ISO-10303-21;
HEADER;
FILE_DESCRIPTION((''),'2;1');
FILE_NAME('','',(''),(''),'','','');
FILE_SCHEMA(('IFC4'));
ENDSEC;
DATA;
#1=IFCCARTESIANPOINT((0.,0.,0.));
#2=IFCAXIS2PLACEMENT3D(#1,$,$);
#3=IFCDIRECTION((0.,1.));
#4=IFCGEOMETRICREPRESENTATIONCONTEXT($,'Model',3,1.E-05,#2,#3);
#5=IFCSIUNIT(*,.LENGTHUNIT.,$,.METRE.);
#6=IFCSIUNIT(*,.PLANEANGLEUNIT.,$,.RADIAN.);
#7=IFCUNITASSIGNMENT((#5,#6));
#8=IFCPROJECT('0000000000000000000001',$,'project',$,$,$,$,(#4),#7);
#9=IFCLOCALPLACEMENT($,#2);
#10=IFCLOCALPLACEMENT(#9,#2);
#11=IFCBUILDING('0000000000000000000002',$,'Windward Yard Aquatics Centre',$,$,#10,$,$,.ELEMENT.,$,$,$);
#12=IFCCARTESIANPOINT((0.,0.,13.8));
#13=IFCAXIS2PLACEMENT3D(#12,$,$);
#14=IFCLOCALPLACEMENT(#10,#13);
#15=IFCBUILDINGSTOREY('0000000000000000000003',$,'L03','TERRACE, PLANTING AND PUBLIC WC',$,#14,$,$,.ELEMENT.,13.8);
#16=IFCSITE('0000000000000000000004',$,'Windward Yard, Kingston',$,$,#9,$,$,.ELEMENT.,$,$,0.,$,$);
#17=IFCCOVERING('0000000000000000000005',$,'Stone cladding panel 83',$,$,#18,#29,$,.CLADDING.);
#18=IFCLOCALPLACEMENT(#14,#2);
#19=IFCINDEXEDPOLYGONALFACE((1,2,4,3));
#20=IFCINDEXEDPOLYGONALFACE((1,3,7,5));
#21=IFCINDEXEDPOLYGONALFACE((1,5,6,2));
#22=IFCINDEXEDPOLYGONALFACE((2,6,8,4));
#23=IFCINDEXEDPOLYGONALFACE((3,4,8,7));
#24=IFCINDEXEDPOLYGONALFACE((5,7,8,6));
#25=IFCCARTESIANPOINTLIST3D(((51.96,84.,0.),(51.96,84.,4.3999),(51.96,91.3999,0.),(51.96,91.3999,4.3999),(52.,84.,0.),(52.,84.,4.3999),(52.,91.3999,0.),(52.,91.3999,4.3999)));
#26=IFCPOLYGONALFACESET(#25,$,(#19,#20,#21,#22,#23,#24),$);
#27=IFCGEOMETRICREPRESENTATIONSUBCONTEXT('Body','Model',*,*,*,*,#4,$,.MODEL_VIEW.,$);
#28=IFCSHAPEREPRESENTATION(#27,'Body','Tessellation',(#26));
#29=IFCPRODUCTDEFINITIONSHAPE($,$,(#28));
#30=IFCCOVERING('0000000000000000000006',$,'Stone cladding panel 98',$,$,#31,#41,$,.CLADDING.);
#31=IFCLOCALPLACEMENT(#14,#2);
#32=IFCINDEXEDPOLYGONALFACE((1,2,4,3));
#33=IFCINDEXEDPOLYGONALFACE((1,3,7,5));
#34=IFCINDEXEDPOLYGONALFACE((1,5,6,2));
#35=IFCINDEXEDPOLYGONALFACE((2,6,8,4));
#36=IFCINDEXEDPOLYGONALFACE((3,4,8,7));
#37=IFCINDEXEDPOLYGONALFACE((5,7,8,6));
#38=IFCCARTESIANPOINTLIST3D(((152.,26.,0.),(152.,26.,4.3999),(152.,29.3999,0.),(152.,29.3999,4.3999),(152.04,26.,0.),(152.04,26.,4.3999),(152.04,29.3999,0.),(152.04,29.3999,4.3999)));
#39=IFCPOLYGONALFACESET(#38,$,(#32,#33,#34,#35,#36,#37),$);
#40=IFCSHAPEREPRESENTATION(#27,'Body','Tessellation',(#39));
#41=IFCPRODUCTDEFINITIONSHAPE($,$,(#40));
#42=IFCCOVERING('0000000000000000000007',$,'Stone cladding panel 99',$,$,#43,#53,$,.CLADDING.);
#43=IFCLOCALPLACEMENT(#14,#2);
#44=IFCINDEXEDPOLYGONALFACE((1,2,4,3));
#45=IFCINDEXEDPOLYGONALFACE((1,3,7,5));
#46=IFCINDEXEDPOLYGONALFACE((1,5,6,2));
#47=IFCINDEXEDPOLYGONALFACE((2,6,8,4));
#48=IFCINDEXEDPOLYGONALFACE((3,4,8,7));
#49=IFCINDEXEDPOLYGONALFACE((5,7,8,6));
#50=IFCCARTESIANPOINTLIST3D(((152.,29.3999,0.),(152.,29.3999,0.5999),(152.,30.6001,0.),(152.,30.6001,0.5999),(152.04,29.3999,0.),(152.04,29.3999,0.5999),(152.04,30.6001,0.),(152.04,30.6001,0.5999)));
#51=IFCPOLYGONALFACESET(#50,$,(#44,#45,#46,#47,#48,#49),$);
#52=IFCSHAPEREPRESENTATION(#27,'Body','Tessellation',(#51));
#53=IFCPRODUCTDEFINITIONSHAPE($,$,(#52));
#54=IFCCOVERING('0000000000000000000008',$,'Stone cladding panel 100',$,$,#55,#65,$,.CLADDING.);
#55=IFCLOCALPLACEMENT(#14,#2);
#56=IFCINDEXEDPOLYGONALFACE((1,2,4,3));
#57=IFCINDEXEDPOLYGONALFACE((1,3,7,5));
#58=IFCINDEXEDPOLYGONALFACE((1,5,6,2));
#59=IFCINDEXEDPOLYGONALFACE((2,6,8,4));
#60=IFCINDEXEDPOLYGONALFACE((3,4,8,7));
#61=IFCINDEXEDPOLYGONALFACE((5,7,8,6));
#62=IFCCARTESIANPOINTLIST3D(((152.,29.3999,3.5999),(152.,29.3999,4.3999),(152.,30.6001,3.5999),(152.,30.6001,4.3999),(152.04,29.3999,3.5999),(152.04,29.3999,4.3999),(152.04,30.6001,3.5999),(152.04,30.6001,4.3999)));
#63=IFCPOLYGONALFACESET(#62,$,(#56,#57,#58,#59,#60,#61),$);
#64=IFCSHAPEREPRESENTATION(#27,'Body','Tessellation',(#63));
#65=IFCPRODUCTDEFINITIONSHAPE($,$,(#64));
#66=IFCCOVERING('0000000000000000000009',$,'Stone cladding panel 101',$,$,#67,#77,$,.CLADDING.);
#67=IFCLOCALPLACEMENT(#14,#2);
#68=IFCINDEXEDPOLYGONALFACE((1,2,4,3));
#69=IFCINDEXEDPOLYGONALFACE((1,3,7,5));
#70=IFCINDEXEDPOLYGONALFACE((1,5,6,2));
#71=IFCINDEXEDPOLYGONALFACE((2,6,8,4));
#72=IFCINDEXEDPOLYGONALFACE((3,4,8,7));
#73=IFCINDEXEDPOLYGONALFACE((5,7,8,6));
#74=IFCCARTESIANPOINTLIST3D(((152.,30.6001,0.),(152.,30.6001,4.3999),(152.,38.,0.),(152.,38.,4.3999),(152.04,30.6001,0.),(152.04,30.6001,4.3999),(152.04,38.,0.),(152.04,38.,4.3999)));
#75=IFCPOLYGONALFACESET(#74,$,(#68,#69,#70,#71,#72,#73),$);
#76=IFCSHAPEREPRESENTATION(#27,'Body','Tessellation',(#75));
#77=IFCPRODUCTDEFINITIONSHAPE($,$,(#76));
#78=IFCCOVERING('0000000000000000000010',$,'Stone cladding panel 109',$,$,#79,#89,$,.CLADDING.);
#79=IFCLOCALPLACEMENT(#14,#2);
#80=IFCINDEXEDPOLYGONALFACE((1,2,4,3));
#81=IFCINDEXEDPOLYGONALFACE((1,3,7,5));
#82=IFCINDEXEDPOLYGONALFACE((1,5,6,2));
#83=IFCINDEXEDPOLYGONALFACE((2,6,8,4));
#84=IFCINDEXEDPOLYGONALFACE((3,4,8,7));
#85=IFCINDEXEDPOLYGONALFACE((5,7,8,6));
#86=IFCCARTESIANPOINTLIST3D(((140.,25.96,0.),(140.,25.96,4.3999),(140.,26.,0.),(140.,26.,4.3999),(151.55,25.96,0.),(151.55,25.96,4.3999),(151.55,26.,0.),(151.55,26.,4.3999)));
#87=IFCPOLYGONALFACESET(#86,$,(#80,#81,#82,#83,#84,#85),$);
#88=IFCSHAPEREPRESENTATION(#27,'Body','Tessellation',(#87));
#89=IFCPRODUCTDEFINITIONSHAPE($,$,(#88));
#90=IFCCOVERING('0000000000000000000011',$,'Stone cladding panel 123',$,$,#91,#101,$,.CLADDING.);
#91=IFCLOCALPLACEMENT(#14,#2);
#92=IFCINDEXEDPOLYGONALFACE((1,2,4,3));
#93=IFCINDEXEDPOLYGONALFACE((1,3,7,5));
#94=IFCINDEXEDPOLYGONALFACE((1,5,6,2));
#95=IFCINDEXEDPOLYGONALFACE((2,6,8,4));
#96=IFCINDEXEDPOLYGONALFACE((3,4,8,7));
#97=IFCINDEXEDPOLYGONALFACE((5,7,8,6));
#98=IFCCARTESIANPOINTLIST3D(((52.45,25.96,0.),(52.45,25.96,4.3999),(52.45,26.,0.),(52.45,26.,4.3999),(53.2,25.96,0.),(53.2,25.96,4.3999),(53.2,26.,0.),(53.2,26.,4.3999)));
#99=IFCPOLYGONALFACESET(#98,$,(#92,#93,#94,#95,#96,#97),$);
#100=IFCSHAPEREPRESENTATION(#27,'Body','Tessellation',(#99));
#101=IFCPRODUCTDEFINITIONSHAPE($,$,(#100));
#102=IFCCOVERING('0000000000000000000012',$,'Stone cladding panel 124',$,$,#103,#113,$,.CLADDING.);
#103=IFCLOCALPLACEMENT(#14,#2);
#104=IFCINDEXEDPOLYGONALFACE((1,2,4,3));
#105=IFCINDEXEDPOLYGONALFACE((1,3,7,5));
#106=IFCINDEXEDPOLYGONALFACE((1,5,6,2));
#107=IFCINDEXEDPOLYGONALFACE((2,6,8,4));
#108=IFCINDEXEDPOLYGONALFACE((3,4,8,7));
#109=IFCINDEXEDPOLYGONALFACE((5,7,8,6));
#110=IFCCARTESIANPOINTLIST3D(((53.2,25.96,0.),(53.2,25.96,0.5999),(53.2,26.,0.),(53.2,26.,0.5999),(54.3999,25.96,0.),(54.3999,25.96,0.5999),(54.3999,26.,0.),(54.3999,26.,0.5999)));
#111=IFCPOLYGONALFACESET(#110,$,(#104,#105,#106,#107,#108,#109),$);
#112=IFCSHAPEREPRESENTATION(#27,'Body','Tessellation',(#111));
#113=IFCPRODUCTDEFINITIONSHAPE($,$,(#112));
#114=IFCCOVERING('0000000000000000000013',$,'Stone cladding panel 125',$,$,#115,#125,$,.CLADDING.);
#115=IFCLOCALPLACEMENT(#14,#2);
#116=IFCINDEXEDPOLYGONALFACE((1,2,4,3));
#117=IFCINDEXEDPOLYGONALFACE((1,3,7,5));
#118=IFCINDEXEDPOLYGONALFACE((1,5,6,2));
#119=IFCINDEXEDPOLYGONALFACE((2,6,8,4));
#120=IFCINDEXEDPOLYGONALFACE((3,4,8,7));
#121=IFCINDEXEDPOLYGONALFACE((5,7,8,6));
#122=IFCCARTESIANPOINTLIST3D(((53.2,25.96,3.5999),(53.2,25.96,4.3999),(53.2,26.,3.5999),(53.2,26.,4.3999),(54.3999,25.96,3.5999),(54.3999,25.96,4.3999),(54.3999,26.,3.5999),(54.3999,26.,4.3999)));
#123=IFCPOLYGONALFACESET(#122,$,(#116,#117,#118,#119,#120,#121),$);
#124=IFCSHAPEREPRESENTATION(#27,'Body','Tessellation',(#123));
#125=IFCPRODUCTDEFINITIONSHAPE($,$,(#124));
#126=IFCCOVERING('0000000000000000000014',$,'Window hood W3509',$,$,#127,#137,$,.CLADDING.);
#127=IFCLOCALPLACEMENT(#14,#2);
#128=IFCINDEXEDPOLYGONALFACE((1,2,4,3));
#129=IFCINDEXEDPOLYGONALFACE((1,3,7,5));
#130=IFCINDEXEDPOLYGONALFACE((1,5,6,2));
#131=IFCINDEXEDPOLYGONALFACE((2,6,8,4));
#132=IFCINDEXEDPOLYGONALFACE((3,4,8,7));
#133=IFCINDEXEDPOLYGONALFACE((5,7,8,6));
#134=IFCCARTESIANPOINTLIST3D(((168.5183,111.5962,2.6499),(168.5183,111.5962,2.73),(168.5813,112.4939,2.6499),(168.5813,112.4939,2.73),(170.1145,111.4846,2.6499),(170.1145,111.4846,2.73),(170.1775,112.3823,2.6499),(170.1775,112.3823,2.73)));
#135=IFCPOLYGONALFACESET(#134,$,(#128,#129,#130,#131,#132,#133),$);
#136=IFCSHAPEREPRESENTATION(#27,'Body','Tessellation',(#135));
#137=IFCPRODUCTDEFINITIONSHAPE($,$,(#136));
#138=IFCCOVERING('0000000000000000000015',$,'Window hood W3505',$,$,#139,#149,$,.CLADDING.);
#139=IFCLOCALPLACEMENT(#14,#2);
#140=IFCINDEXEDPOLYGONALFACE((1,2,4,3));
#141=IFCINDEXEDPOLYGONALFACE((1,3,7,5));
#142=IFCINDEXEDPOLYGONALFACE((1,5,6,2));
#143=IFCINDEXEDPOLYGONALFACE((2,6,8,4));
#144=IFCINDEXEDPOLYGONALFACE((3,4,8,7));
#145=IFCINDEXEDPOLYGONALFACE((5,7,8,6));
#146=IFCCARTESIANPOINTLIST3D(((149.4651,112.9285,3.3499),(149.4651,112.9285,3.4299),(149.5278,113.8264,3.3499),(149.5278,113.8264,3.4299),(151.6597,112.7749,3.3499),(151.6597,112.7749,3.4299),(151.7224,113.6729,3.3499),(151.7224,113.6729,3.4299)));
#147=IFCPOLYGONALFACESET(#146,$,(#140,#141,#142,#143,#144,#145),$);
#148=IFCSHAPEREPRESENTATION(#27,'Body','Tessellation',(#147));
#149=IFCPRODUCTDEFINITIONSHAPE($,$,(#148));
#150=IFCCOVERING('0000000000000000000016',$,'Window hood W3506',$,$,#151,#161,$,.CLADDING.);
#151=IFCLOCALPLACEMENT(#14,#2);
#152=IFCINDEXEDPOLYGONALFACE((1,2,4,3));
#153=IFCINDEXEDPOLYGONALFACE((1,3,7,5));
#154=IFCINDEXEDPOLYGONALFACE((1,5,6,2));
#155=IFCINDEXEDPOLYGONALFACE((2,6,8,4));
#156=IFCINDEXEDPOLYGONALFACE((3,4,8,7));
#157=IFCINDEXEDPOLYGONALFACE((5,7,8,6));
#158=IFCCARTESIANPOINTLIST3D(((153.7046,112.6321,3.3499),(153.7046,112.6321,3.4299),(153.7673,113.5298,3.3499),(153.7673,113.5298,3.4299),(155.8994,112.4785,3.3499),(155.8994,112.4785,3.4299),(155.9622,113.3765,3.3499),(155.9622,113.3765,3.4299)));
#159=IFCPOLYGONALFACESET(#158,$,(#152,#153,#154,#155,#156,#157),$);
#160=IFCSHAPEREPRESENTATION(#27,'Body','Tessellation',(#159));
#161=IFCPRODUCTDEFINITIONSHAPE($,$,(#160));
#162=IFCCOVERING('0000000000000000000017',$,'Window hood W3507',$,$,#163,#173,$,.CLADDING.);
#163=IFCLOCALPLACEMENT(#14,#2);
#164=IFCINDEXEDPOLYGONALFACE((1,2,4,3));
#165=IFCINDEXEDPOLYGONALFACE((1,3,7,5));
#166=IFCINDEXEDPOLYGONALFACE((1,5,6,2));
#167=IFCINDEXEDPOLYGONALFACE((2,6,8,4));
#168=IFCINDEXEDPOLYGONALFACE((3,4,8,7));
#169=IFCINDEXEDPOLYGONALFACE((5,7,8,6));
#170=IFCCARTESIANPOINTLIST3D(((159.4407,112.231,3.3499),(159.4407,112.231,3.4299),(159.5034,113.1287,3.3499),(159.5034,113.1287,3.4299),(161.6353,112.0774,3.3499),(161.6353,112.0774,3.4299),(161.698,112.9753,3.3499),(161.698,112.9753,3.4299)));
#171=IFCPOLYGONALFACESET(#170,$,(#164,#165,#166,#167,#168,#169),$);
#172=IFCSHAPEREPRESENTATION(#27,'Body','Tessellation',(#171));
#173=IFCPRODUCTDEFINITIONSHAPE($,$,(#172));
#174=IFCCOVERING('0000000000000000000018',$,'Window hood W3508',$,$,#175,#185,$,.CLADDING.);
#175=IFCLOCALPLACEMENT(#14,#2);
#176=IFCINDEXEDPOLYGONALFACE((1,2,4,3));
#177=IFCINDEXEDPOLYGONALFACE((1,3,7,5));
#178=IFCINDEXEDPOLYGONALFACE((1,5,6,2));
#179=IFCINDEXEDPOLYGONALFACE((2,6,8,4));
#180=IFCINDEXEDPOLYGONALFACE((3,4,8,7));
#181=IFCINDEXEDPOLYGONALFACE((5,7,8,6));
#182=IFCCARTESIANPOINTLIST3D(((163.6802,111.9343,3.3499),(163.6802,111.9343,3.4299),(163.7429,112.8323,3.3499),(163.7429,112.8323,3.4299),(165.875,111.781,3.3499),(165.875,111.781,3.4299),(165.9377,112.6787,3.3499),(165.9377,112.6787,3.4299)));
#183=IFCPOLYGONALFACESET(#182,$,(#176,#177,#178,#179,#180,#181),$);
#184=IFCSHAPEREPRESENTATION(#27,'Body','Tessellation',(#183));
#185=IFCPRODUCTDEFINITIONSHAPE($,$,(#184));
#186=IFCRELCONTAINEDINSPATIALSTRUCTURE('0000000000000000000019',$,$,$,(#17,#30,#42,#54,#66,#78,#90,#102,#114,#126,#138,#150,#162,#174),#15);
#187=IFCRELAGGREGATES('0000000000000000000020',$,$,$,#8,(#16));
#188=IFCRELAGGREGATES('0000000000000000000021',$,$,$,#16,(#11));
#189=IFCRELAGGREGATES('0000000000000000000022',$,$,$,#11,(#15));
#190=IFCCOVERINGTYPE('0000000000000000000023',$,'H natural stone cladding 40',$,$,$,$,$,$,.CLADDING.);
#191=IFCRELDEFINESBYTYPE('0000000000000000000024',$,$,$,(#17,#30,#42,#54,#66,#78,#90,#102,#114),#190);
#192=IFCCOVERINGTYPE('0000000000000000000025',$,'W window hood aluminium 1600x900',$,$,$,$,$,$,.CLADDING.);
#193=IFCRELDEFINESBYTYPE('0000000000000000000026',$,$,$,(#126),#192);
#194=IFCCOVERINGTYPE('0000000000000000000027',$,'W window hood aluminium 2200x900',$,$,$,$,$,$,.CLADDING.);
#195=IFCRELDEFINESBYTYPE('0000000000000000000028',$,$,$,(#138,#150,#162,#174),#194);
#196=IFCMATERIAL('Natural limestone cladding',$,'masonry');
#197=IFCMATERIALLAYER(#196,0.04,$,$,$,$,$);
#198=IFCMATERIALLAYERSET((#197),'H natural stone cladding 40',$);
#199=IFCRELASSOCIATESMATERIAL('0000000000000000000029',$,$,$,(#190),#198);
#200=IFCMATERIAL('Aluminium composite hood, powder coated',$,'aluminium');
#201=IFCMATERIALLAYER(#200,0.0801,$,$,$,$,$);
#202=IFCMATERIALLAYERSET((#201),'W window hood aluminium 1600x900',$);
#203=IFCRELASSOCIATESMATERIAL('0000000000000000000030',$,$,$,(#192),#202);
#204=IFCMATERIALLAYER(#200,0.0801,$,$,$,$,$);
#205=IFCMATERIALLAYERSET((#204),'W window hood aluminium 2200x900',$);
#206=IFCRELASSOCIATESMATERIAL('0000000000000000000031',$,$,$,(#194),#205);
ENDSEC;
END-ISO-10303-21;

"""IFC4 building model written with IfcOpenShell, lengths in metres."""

from ifc_helpers import new_model, si_unit, direction, frame, origin, place, context, subcontext, project, spatial, polyline, outline, extrude, material, layer, layer_set, type_object, element, save


model = new_model("IFC4")

# Units and contexts
model_context = context("Model", 3, precision=1e-05, world=origin(), true_north=direction((0.0, 1.0)))
body_context = subcontext(model_context, "Body", "Model", "MODEL_VIEW")
ifc_project = project(units=[si_unit("LENGTHUNIT", "METRE"), si_unit("PLANEANGLEUNIT", "RADIAN")], contexts=[model_context])

# Site, building, storey
site_placement = place(None, origin())
site = spatial("IfcSite", under=ifc_project, at=site_placement, Name="Windward Yard, Kingston", CompositionType="ELEMENT", RefElevation=0.0)
building_placement = place(site_placement, origin())
building = spatial("IfcBuilding", under=site, at=building_placement, Name="Windward Yard Aquatics Centre", CompositionType="ELEMENT")
storey_placement = place(building_placement, frame((0.0, 0.0, 13.8)))
storey = spatial("IfcBuildingStorey", under=building, at=storey_placement, Name="L03", Description="TERRACE, PLANTING AND PUBLIC WC", CompositionType="ELEMENT", Elevation=13.8)

# Coverings
ifc_material_1 = material(Name="Natural limestone cladding", Category="masonry")
ifc_layer_1 = layer(ifc_material_1, 0.04)
ifc_layer_set_1 = layer_set([ifc_layer_1], Name="H natural stone cladding 40")
covering_type_1 = type_object("IfcCoveringType", Name="H natural stone cladding 40", PredefinedType="CLADDING", material=ifc_layer_set_1)
covering_1_placement = place(storey_placement, origin())
element("IfcCovering", 1, at=covering_1_placement, inside=storey, type_object=covering_type_1, Name="Stone cladding panel 83", PredefinedType="CLADDING", context=body_context, shape_type="SweptSolid", body=[
    extrude(outline(polyline([(51.96, 84.0), (51.96, 91.3999), (52.0, 91.3999), (52.0, 84.0), (51.96, 84.0)])), origin(), (0.0, 0.0, 1.0), 4.3999),
])
covering_2_placement = place(storey_placement, origin())
element("IfcCovering", 2, at=covering_2_placement, inside=storey, type_object=covering_type_1, Name="Stone cladding panel 98", PredefinedType="CLADDING", context=body_context, shape_type="SweptSolid", body=[
    extrude(outline(polyline([(152.0, 26.0), (152.0, 29.3999), (152.04, 29.3999), (152.04, 26.0), (152.0, 26.0)])), origin(), (0.0, 0.0, 1.0), 4.3999),
])
covering_3_placement = place(storey_placement, origin())
element("IfcCovering", 3, at=covering_3_placement, inside=storey, type_object=covering_type_1, Name="Stone cladding panel 99", PredefinedType="CLADDING", context=body_context, shape_type="SweptSolid", body=[
    extrude(outline(polyline([(152.0, 29.3999), (152.0, 30.6001), (152.04, 30.6001), (152.04, 29.3999), (152.0, 29.3999)])), origin(), (0.0, 0.0, 1.0), 0.5999),
])
covering_4_placement = place(storey_placement, frame((0.0, 0.0, 3.5999)))
element("IfcCovering", 4, at=covering_4_placement, inside=storey, type_object=covering_type_1, Name="Stone cladding panel 100", PredefinedType="CLADDING", context=body_context, shape_type="SweptSolid", body=[
    extrude(outline(polyline([(152.0, 29.3999), (152.0, 30.6001), (152.04, 30.6001), (152.04, 29.3999), (152.0, 29.3999)])), origin(), (0.0, 0.0, 1.0), 0.8),
])
covering_5_placement = place(storey_placement, origin())
element("IfcCovering", 5, at=covering_5_placement, inside=storey, type_object=covering_type_1, Name="Stone cladding panel 101", PredefinedType="CLADDING", context=body_context, shape_type="SweptSolid", body=[
    extrude(outline(polyline([(152.0, 30.6001), (152.0, 38.0), (152.04, 38.0), (152.04, 30.6001), (152.0, 30.6001)])), origin(), (0.0, 0.0, 1.0), 4.3999),
])
covering_6_placement = place(storey_placement, origin())
element("IfcCovering", 6, at=covering_6_placement, inside=storey, type_object=covering_type_1, Name="Stone cladding panel 109", PredefinedType="CLADDING", context=body_context, shape_type="SweptSolid", body=[
    extrude(outline(polyline([(140.0, 25.96), (151.55, 25.96), (151.55, 26.0), (140.0, 26.0), (140.0, 25.96)])), origin(), (0.0, 0.0, 1.0), 4.3999),
])
covering_7_placement = place(storey_placement, origin())
element("IfcCovering", 7, at=covering_7_placement, inside=storey, type_object=covering_type_1, Name="Stone cladding panel 123", PredefinedType="CLADDING", context=body_context, shape_type="SweptSolid", body=[
    extrude(outline(polyline([(52.45, 25.96), (52.45, 26.0), (53.2, 26.0), (53.2, 25.96), (52.45, 25.96)])), origin(), (0.0, 0.0, 1.0), 4.3999),
])
covering_8_placement = place(storey_placement, origin())
element("IfcCovering", 8, at=covering_8_placement, inside=storey, type_object=covering_type_1, Name="Stone cladding panel 124", PredefinedType="CLADDING", context=body_context, shape_type="SweptSolid", body=[
    extrude(outline(polyline([(53.2, 25.96), (53.2, 26.0), (54.3999, 26.0), (54.3999, 25.96), (53.2, 25.96)])), origin(), (0.0, 0.0, 1.0), 0.5999),
])
covering_9_placement = place(storey_placement, frame((0.0, 0.0, 3.5999)))
element("IfcCovering", 9, at=covering_9_placement, inside=storey, type_object=covering_type_1, Name="Stone cladding panel 125", PredefinedType="CLADDING", context=body_context, shape_type="SweptSolid", body=[
    extrude(outline(polyline([(53.2, 25.96), (53.2, 26.0), (54.3999, 26.0), (54.3999, 25.96), (53.2, 25.96)])), origin(), (0.0, 0.0, 1.0), 0.8),
])
ifc_material_2 = material(Name="Aluminium composite hood, powder coated", Category="aluminium")
ifc_layer_2 = layer(ifc_material_2, 0.0801)
ifc_layer_set_2 = layer_set([ifc_layer_2], Name="W window hood aluminium 1600x900")
covering_type_2 = type_object("IfcCoveringType", Name="W window hood aluminium 1600x900", PredefinedType="CLADDING", material=ifc_layer_set_2)
covering_10_placement = place(storey_placement, frame((0.0, 0.0, 2.6499)))
element("IfcCovering", 10, at=covering_10_placement, inside=storey, type_object=covering_type_2, Name="Window hood W3509", PredefinedType="CLADDING", context=body_context, shape_type="SweptSolid", body=[
    extrude(outline(polyline([(168.5183, 111.5962), (168.5813, 112.4939), (170.1775, 112.3823), (170.1145, 111.4846), (168.5183, 111.5962)])), origin(), (0.0, 0.0, 1.0), 0.0801),
])
ifc_layer_3 = layer(ifc_material_2, 0.0801)
ifc_layer_set_3 = layer_set([ifc_layer_3], Name="W window hood aluminium 2200x900")
covering_type_3 = type_object("IfcCoveringType", Name="W window hood aluminium 2200x900", PredefinedType="CLADDING", material=ifc_layer_set_3)
covering_11_placement = place(storey_placement, frame((0.0, 0.0, 3.3499)))
element("IfcCovering", 11, at=covering_11_placement, inside=storey, type_object=covering_type_3, Name="Window hood W3505", PredefinedType="CLADDING", context=body_context, shape_type="SweptSolid", body=[
    extrude(outline(polyline([(149.4651, 112.9285), (149.5278, 113.8264), (151.7224, 113.6729), (151.6597, 112.7749), (149.4651, 112.9285)])), origin(), (0.0, 0.0, 1.0), 0.0801),
])
covering_12_placement = place(storey_placement, frame((0.0, 0.0, 3.3499)))
element("IfcCovering", 12, at=covering_12_placement, inside=storey, type_object=covering_type_3, Name="Window hood W3506", PredefinedType="CLADDING", context=body_context, shape_type="SweptSolid", body=[
    extrude(outline(polyline([(153.7046, 112.6321), (153.7673, 113.5298), (155.9622, 113.3765), (155.8994, 112.4785), (153.7046, 112.6321)])), origin(), (0.0, 0.0, 1.0), 0.0801),
])
covering_13_placement = place(storey_placement, frame((0.0, 0.0, 3.3499)))
element("IfcCovering", 13, at=covering_13_placement, inside=storey, type_object=covering_type_3, Name="Window hood W3507", PredefinedType="CLADDING", context=body_context, shape_type="SweptSolid", body=[
    extrude(outline(polyline([(159.4407, 112.231), (159.5034, 113.1287), (161.698, 112.9753), (161.6353, 112.0774), (159.4407, 112.231)])), origin(), (0.0, 0.0, 1.0), 0.0801),
])
covering_14_placement = place(storey_placement, frame((0.0, 0.0, 3.3499)))
element("IfcCovering", 14, at=covering_14_placement, inside=storey, type_object=covering_type_3, Name="Window hood W3508", PredefinedType="CLADDING", context=body_context, shape_type="SweptSolid", body=[
    extrude(outline(polyline([(163.6802, 111.9343), (163.7429, 112.8323), (165.9377, 112.6787), (165.875, 111.781), (163.6802, 111.9343)])), origin(), (0.0, 0.0, 1.0), 0.0801),
])

save(model, "model.ifc")
